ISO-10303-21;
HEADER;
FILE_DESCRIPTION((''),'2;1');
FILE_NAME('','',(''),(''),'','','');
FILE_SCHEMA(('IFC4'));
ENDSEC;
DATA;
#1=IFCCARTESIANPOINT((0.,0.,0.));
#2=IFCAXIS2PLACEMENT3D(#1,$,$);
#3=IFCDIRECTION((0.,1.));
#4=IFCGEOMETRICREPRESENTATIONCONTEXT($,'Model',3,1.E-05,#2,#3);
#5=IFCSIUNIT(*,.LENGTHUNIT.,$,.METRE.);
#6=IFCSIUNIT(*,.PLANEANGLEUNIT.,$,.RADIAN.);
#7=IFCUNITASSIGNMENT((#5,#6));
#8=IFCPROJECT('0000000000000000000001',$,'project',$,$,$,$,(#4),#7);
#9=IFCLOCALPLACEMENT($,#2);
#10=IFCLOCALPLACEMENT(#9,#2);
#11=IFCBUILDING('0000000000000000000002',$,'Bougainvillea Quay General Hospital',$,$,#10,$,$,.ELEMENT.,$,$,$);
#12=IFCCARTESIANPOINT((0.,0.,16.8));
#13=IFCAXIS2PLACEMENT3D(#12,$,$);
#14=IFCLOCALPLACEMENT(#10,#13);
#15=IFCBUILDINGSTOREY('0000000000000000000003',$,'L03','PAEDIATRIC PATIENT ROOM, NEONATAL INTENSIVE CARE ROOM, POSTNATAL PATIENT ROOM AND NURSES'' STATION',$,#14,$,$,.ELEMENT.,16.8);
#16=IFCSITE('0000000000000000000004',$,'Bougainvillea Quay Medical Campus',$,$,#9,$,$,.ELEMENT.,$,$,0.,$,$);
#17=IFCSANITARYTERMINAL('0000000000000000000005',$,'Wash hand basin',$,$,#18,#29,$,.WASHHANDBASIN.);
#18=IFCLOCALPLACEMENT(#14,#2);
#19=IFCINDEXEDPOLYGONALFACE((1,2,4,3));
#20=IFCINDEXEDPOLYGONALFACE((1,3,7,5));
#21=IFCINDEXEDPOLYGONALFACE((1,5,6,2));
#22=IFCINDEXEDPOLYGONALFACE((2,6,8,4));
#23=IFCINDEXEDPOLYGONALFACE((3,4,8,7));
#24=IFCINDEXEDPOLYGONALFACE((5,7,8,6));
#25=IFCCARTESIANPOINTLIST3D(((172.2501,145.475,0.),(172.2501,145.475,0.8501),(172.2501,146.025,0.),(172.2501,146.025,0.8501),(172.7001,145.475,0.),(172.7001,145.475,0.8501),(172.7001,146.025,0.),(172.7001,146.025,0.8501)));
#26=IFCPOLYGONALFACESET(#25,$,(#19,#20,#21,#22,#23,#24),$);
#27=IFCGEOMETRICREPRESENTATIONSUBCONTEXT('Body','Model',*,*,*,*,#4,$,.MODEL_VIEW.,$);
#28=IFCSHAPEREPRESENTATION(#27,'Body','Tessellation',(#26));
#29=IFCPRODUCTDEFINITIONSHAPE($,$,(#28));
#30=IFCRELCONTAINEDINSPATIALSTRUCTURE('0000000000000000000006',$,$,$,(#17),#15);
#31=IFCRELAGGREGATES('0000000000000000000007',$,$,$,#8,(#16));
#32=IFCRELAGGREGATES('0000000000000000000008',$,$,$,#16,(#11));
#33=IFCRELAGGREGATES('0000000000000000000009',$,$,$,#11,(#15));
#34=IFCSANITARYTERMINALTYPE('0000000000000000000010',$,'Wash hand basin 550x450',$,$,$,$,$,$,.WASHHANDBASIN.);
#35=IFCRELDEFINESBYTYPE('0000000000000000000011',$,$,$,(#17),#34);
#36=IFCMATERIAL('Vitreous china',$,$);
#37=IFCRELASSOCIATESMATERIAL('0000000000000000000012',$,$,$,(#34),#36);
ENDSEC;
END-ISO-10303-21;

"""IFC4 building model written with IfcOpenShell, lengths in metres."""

from ifc_helpers import new_model, si_unit, direction, frame, origin, origin_2d, place, context, subcontext, project, spatial, rectangle, extrude, material, type_object, element, save


model = new_model("IFC4")

# Units and contexts
model_context = context("Model", 3, precision=1e-05, world=origin(), true_north=direction((0.0, 1.0)))
body_context = subcontext(model_context, "Body", "Model", "MODEL_VIEW")
ifc_project = project(units=[si_unit("LENGTHUNIT", "METRE"), si_unit("PLANEANGLEUNIT", "RADIAN")], contexts=[model_context])

# Site, building, storey
site_placement = place(None, origin())
site = spatial("IfcSite", under=ifc_project, at=site_placement, Name="Bougainvillea Quay Medical Campus", CompositionType="ELEMENT", RefElevation=0.0)
building_placement = place(site_placement, origin())
building = spatial("IfcBuilding", under=site, at=building_placement, Name="Bougainvillea Quay General Hospital", CompositionType="ELEMENT")
storey_placement = place(building_placement, frame((0.0, 0.0, 16.8)))
storey = spatial("IfcBuildingStorey", under=building, at=storey_placement, Name="L03", Description="PAEDIATRIC PATIENT ROOM, NEONATAL INTENSIVE CARE ROOM, POSTNATAL PATIENT ROOM AND NURSES' STATION", CompositionType="ELEMENT", Elevation=16.8)

# Sanitary terminal
ifc_material_1 = material(Name="Vitreous china")
sanitary_terminal_type_1 = type_object("IfcSanitaryTerminalType", Name="Wash hand basin 550x450", PredefinedType="WASHHANDBASIN", material=ifc_material_1)
sanitary_terminal_1_placement = place(storey_placement, frame((172.4751, 145.75, 0.0), z_axis=(0.0, 0.0, 1.0), x_axis=(0.0, 1.0, 0.0)))
element("IfcSanitaryTerminal", 1, at=sanitary_terminal_1_placement, inside=storey, type_object=sanitary_terminal_type_1, Name="Wash hand basin", PredefinedType="WASHHANDBASIN", context=body_context, shape_type="SweptSolid", body=[
    extrude(rectangle(XDim=0.55, YDim=0.45, at=origin_2d()), origin(), (0.0, 0.0, 1.0), 0.8501),
])

save(model, "model.ifc")
